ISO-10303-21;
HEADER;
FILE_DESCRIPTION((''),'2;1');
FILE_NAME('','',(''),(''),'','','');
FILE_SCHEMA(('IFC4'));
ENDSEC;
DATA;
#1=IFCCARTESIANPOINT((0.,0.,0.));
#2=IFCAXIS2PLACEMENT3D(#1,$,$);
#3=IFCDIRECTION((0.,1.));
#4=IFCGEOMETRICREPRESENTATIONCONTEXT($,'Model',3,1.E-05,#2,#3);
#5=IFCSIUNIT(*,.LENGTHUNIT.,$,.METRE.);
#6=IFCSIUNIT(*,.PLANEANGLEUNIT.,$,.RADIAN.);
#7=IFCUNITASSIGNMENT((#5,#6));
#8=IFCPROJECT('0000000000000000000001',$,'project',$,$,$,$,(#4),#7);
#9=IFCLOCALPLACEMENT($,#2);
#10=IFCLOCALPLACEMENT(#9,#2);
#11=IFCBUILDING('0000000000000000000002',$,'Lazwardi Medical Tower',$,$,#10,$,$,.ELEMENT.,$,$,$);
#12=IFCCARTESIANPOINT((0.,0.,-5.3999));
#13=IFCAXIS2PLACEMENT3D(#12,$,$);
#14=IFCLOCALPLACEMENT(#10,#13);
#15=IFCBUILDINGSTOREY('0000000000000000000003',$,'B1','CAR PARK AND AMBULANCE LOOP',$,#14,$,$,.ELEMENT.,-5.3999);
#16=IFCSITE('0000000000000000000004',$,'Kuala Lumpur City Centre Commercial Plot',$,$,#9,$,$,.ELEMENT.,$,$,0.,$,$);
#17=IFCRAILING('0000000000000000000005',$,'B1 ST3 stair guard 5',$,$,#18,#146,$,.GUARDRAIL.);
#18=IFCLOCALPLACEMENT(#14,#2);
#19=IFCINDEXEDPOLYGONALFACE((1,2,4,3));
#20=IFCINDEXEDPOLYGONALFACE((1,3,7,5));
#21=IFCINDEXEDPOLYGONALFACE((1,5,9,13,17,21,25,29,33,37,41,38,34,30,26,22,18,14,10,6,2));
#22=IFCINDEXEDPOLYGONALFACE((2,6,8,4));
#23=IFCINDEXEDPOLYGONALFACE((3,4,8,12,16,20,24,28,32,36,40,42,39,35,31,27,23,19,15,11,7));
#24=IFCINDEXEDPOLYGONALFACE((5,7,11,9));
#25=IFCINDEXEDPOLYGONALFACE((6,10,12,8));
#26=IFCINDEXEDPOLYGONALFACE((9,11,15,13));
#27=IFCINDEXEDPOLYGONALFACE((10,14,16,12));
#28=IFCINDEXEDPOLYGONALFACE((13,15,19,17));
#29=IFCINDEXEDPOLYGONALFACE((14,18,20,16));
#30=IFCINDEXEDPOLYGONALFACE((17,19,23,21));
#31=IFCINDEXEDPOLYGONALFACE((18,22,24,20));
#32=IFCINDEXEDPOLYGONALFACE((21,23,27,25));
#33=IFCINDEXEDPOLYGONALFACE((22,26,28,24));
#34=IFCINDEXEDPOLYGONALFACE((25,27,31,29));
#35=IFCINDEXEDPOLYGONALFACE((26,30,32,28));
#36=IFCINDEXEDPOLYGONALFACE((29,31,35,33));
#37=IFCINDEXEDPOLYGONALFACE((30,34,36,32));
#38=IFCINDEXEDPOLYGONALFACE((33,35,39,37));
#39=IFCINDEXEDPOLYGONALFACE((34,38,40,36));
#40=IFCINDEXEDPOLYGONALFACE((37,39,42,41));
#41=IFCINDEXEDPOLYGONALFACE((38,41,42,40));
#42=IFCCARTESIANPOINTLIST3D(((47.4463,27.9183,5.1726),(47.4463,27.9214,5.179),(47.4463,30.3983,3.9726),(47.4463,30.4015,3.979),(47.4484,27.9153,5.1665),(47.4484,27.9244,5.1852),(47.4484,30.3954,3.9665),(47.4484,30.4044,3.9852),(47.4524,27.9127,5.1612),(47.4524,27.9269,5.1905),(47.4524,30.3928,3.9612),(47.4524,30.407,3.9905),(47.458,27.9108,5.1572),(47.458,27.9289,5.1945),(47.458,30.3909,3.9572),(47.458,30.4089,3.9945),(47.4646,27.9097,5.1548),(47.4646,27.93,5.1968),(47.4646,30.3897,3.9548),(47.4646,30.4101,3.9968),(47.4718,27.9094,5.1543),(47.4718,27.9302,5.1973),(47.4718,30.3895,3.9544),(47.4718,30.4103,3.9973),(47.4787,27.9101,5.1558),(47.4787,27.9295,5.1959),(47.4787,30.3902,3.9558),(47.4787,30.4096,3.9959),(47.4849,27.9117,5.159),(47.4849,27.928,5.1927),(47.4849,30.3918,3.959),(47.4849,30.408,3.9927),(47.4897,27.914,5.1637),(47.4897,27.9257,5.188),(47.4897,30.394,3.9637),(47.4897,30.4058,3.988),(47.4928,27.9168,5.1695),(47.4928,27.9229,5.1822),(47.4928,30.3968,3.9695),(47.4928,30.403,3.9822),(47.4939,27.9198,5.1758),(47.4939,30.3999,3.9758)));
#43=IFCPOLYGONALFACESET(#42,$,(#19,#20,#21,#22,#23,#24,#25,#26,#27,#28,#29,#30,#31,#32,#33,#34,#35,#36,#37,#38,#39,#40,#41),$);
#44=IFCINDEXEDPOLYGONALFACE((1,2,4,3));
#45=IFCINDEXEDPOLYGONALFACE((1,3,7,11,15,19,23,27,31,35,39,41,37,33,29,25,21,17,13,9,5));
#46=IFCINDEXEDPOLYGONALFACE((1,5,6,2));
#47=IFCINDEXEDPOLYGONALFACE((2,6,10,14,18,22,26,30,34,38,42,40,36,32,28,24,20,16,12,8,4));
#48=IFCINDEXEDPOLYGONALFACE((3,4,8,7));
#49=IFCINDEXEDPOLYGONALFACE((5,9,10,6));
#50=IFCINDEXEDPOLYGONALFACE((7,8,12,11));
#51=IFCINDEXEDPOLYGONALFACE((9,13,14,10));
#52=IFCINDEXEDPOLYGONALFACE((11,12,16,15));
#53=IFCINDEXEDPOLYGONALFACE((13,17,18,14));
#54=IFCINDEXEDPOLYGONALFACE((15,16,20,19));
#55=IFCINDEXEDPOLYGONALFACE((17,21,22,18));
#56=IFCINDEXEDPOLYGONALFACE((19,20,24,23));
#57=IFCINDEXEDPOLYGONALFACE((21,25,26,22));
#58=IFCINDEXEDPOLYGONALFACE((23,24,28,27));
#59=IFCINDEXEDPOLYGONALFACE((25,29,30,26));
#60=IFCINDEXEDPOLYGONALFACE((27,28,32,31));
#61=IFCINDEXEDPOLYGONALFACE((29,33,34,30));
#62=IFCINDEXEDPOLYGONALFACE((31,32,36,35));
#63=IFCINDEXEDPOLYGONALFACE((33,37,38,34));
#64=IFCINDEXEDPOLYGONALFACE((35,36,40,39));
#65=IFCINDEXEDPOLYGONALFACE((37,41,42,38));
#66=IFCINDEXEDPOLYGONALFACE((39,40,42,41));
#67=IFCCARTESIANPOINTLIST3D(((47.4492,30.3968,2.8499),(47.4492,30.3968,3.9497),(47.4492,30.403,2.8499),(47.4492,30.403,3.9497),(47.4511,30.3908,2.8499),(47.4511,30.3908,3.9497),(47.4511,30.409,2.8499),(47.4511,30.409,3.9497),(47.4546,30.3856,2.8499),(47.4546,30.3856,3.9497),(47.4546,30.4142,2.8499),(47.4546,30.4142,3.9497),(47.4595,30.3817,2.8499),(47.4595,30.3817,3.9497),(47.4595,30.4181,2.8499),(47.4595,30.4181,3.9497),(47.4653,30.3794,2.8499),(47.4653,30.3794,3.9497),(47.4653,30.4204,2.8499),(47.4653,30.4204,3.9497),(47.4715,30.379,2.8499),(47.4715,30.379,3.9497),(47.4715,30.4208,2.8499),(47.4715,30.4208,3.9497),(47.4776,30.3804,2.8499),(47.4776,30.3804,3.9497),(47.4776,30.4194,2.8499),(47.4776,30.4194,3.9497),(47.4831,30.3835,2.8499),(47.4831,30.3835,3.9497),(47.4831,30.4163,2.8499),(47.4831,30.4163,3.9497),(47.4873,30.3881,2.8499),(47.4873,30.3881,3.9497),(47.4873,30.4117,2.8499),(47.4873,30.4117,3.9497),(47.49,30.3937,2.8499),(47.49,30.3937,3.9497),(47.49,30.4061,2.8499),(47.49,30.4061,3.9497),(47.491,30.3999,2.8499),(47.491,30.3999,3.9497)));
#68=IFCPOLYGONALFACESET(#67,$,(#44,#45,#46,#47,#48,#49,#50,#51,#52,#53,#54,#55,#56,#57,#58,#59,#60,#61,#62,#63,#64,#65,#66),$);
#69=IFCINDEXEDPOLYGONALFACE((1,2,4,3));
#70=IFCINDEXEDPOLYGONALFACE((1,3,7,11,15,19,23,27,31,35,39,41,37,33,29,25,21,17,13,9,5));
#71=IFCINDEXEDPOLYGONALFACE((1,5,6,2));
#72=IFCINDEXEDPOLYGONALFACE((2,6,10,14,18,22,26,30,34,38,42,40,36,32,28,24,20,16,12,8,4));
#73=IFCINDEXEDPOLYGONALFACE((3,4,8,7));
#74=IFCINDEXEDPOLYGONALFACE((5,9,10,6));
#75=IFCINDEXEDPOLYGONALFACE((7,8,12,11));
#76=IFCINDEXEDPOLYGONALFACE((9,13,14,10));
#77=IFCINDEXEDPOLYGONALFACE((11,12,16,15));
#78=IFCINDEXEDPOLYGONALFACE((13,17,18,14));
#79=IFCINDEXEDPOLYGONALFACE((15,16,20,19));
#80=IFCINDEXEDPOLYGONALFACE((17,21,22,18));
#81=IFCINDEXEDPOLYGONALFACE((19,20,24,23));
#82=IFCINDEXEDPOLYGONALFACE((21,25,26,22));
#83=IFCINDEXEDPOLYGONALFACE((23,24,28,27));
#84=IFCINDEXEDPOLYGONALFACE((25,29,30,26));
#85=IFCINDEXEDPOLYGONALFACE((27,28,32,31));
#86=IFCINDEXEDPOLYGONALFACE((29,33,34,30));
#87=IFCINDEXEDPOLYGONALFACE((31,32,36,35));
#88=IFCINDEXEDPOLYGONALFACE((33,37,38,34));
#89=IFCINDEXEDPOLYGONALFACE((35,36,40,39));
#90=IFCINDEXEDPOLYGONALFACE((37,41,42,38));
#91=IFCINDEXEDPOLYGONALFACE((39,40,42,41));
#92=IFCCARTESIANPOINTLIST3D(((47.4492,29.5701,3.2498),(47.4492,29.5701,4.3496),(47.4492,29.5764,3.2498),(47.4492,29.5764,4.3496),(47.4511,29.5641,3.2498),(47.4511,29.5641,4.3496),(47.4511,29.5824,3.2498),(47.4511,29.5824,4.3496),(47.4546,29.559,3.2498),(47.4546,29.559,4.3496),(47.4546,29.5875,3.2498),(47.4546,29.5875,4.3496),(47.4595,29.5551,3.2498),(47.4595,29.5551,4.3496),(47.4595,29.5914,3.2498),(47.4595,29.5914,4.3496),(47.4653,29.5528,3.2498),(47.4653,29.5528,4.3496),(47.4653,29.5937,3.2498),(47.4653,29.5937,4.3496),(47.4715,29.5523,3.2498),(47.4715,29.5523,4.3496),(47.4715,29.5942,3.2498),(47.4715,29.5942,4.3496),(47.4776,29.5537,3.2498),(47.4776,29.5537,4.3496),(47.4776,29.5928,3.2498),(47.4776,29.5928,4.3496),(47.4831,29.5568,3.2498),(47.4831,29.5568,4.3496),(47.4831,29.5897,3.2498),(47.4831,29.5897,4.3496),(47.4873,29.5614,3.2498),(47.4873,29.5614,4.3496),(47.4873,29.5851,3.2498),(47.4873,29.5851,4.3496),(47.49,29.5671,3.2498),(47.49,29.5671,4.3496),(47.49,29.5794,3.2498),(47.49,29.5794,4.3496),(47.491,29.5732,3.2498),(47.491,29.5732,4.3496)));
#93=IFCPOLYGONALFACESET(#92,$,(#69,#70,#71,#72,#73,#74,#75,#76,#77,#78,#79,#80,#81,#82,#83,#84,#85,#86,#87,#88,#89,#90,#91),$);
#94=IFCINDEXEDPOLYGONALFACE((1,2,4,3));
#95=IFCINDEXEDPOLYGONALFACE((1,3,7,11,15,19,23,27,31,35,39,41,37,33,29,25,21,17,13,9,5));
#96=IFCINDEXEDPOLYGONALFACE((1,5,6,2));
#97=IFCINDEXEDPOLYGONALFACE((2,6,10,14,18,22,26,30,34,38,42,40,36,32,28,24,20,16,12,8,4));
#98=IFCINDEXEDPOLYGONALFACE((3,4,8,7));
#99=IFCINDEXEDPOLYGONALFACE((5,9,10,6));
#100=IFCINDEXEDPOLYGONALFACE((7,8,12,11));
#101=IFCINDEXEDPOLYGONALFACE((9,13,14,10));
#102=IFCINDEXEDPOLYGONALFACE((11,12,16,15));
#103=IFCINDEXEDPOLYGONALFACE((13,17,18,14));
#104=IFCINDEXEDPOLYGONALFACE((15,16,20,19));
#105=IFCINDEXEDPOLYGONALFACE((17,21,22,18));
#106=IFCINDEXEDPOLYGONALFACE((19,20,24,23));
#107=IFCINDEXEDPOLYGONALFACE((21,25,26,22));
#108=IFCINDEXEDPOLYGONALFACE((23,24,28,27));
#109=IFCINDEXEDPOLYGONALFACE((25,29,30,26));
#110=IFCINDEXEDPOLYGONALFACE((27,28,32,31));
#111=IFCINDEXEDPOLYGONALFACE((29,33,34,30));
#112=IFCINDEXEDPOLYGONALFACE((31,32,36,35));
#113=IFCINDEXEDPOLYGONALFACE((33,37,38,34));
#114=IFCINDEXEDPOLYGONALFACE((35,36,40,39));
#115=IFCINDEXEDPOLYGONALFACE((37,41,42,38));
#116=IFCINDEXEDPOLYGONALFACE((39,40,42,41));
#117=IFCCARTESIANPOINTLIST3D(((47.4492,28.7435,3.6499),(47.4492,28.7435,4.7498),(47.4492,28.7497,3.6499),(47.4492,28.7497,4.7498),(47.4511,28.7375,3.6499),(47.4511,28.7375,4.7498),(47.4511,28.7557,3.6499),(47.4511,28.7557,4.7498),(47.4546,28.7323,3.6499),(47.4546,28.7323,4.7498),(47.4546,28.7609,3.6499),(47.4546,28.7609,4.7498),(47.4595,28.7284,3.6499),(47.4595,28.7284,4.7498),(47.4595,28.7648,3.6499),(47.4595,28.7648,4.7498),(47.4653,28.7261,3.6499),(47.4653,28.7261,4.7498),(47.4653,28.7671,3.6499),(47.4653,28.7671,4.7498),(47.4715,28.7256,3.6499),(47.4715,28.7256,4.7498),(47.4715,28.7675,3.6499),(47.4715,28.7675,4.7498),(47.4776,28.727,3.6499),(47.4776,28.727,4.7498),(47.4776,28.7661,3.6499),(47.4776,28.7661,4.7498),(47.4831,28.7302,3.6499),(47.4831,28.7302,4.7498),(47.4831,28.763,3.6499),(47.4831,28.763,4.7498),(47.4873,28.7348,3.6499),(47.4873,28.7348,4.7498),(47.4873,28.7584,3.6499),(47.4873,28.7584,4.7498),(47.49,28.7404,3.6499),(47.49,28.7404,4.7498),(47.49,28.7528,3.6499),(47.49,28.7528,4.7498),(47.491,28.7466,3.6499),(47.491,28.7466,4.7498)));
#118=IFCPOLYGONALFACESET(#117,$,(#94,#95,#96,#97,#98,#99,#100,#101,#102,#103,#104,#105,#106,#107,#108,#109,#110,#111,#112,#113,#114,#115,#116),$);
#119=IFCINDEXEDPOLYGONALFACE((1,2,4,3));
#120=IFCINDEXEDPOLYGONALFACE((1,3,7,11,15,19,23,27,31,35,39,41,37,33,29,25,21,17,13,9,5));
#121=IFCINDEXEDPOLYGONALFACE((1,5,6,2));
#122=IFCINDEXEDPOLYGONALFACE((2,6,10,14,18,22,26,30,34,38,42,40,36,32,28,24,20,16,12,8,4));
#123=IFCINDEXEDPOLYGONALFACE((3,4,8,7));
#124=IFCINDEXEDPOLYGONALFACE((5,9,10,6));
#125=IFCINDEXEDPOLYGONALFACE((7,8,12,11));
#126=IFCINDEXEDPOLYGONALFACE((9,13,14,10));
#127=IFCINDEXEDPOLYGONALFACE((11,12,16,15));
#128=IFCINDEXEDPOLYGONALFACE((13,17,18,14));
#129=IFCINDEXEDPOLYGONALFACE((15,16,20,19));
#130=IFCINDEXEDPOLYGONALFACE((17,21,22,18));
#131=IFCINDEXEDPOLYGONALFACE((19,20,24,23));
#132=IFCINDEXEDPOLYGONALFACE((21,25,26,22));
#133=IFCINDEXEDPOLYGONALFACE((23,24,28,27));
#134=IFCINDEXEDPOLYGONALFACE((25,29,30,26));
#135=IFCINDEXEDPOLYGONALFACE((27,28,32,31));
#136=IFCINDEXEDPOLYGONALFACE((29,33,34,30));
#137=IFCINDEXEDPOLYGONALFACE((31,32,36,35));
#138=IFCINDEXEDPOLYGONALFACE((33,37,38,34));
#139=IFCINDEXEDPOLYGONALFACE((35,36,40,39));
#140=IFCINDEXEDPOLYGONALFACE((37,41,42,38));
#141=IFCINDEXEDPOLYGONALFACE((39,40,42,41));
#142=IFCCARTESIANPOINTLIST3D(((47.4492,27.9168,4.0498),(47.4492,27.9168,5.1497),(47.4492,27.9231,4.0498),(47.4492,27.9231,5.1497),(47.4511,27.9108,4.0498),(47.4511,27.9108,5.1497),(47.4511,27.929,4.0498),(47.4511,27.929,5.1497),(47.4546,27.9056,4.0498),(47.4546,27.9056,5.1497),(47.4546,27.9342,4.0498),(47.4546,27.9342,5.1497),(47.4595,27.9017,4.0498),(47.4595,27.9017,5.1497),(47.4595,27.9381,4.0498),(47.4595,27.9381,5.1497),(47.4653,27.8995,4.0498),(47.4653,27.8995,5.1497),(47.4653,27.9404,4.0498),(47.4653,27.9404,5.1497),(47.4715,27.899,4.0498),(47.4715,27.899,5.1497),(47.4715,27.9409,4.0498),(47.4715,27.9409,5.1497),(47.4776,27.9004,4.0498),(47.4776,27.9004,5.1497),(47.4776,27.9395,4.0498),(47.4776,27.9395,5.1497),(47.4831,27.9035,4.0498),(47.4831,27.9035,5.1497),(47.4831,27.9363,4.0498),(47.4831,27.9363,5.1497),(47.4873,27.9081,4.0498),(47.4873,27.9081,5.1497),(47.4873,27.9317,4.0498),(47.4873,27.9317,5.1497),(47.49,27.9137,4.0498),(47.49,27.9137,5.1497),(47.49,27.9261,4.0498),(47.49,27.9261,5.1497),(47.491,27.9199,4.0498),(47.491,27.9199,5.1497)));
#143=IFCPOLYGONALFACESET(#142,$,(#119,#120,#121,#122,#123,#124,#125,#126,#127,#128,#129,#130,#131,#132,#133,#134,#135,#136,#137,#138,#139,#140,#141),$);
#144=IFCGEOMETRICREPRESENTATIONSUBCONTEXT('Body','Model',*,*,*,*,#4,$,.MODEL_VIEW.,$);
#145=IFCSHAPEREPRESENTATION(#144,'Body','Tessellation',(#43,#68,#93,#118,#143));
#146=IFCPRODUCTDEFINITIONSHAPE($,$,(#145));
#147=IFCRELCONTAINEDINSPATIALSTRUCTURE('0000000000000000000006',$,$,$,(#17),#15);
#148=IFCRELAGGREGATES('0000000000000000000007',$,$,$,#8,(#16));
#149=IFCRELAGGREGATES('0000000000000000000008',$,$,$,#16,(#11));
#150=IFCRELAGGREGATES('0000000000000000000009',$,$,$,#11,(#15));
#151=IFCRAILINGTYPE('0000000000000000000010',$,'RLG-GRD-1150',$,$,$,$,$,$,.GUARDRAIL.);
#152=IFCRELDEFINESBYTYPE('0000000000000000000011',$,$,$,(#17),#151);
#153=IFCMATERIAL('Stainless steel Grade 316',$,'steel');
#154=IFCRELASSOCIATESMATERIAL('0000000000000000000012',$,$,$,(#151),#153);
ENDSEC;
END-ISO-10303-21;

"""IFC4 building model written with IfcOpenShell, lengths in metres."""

from ifc_helpers import new_model, si_unit, direction, frame, origin, origin_2d, place, context, subcontext, project, spatial, circle, extrude, material, type_object, element, save


model = new_model("IFC4")

# Units and contexts
model_context = context("Model", 3, precision=1e-05, world=origin(), true_north=direction((0.0, 1.0)))
body_context = subcontext(model_context, "Body", "Model", "MODEL_VIEW")
ifc_project = project(units=[si_unit("LENGTHUNIT", "METRE"), si_unit("PLANEANGLEUNIT", "RADIAN")], contexts=[model_context])

# Site, building, storey
site_placement = place(None, origin())
site = spatial("IfcSite", under=ifc_project, at=site_placement, Name="Kuala Lumpur City Centre Commercial Plot", CompositionType="ELEMENT", RefElevation=0.0)
building_placement = place(site_placement, origin())
building = spatial("IfcBuilding", under=site, at=building_placement, Name="Lazwardi Medical Tower", CompositionType="ELEMENT")
storey_placement = place(building_placement, frame((0.0, 0.0, -5.3999)))
storey = spatial("IfcBuildingStorey", under=building, at=storey_placement, Name="B1", Description="CAR PARK AND AMBULANCE LOOP", CompositionType="ELEMENT", Elevation=-5.3999)

# Railing
ifc_material_1 = material(Name="Stainless steel Grade 316", Category="steel")
railing_type_1 = type_object("IfcRailingType", Name="RLG-GRD-1150", PredefinedType="GUARDRAIL", material=ifc_material_1)
railing_1_placement = place(storey_placement, frame((47.47, 30.3999, 2.8499)))
element("IfcRailing", 1, at=railing_1_placement, inside=storey, type_object=railing_type_1, Name="B1 ST3 stair guard 5", PredefinedType="GUARDRAIL", context=body_context, shape_type="SweptSolid", body=[
    extrude(circle(Radius=0.0239, at=origin_2d()), frame((0.0, 0.0, 1.126), z_axis=(0.0, -0.900165, 0.435549), x_axis=(1.0, 0.0, 0.0)), (0.0, 0.0, 1.0), 2.7551),
    extrude(circle(Radius=0.021, at=origin_2d()), origin(), (0.0, 0.0, 1.0), 1.0999),
    extrude(circle(Radius=0.021, at=origin_2d()), frame((0.0, -0.8267, 0.3999)), (0.0, 0.0, 1.0), 1.0999),
    extrude(circle(Radius=0.021, at=origin_2d()), frame((0.0, -1.6533, 0.8)), (0.0, 0.0, 1.0), 1.0999),
    extrude(circle(Radius=0.021, at=origin_2d()), frame((0.0, -2.48, 1.2)), (0.0, 0.0, 1.0), 1.0999),
])

save(model, "model.ifc")
